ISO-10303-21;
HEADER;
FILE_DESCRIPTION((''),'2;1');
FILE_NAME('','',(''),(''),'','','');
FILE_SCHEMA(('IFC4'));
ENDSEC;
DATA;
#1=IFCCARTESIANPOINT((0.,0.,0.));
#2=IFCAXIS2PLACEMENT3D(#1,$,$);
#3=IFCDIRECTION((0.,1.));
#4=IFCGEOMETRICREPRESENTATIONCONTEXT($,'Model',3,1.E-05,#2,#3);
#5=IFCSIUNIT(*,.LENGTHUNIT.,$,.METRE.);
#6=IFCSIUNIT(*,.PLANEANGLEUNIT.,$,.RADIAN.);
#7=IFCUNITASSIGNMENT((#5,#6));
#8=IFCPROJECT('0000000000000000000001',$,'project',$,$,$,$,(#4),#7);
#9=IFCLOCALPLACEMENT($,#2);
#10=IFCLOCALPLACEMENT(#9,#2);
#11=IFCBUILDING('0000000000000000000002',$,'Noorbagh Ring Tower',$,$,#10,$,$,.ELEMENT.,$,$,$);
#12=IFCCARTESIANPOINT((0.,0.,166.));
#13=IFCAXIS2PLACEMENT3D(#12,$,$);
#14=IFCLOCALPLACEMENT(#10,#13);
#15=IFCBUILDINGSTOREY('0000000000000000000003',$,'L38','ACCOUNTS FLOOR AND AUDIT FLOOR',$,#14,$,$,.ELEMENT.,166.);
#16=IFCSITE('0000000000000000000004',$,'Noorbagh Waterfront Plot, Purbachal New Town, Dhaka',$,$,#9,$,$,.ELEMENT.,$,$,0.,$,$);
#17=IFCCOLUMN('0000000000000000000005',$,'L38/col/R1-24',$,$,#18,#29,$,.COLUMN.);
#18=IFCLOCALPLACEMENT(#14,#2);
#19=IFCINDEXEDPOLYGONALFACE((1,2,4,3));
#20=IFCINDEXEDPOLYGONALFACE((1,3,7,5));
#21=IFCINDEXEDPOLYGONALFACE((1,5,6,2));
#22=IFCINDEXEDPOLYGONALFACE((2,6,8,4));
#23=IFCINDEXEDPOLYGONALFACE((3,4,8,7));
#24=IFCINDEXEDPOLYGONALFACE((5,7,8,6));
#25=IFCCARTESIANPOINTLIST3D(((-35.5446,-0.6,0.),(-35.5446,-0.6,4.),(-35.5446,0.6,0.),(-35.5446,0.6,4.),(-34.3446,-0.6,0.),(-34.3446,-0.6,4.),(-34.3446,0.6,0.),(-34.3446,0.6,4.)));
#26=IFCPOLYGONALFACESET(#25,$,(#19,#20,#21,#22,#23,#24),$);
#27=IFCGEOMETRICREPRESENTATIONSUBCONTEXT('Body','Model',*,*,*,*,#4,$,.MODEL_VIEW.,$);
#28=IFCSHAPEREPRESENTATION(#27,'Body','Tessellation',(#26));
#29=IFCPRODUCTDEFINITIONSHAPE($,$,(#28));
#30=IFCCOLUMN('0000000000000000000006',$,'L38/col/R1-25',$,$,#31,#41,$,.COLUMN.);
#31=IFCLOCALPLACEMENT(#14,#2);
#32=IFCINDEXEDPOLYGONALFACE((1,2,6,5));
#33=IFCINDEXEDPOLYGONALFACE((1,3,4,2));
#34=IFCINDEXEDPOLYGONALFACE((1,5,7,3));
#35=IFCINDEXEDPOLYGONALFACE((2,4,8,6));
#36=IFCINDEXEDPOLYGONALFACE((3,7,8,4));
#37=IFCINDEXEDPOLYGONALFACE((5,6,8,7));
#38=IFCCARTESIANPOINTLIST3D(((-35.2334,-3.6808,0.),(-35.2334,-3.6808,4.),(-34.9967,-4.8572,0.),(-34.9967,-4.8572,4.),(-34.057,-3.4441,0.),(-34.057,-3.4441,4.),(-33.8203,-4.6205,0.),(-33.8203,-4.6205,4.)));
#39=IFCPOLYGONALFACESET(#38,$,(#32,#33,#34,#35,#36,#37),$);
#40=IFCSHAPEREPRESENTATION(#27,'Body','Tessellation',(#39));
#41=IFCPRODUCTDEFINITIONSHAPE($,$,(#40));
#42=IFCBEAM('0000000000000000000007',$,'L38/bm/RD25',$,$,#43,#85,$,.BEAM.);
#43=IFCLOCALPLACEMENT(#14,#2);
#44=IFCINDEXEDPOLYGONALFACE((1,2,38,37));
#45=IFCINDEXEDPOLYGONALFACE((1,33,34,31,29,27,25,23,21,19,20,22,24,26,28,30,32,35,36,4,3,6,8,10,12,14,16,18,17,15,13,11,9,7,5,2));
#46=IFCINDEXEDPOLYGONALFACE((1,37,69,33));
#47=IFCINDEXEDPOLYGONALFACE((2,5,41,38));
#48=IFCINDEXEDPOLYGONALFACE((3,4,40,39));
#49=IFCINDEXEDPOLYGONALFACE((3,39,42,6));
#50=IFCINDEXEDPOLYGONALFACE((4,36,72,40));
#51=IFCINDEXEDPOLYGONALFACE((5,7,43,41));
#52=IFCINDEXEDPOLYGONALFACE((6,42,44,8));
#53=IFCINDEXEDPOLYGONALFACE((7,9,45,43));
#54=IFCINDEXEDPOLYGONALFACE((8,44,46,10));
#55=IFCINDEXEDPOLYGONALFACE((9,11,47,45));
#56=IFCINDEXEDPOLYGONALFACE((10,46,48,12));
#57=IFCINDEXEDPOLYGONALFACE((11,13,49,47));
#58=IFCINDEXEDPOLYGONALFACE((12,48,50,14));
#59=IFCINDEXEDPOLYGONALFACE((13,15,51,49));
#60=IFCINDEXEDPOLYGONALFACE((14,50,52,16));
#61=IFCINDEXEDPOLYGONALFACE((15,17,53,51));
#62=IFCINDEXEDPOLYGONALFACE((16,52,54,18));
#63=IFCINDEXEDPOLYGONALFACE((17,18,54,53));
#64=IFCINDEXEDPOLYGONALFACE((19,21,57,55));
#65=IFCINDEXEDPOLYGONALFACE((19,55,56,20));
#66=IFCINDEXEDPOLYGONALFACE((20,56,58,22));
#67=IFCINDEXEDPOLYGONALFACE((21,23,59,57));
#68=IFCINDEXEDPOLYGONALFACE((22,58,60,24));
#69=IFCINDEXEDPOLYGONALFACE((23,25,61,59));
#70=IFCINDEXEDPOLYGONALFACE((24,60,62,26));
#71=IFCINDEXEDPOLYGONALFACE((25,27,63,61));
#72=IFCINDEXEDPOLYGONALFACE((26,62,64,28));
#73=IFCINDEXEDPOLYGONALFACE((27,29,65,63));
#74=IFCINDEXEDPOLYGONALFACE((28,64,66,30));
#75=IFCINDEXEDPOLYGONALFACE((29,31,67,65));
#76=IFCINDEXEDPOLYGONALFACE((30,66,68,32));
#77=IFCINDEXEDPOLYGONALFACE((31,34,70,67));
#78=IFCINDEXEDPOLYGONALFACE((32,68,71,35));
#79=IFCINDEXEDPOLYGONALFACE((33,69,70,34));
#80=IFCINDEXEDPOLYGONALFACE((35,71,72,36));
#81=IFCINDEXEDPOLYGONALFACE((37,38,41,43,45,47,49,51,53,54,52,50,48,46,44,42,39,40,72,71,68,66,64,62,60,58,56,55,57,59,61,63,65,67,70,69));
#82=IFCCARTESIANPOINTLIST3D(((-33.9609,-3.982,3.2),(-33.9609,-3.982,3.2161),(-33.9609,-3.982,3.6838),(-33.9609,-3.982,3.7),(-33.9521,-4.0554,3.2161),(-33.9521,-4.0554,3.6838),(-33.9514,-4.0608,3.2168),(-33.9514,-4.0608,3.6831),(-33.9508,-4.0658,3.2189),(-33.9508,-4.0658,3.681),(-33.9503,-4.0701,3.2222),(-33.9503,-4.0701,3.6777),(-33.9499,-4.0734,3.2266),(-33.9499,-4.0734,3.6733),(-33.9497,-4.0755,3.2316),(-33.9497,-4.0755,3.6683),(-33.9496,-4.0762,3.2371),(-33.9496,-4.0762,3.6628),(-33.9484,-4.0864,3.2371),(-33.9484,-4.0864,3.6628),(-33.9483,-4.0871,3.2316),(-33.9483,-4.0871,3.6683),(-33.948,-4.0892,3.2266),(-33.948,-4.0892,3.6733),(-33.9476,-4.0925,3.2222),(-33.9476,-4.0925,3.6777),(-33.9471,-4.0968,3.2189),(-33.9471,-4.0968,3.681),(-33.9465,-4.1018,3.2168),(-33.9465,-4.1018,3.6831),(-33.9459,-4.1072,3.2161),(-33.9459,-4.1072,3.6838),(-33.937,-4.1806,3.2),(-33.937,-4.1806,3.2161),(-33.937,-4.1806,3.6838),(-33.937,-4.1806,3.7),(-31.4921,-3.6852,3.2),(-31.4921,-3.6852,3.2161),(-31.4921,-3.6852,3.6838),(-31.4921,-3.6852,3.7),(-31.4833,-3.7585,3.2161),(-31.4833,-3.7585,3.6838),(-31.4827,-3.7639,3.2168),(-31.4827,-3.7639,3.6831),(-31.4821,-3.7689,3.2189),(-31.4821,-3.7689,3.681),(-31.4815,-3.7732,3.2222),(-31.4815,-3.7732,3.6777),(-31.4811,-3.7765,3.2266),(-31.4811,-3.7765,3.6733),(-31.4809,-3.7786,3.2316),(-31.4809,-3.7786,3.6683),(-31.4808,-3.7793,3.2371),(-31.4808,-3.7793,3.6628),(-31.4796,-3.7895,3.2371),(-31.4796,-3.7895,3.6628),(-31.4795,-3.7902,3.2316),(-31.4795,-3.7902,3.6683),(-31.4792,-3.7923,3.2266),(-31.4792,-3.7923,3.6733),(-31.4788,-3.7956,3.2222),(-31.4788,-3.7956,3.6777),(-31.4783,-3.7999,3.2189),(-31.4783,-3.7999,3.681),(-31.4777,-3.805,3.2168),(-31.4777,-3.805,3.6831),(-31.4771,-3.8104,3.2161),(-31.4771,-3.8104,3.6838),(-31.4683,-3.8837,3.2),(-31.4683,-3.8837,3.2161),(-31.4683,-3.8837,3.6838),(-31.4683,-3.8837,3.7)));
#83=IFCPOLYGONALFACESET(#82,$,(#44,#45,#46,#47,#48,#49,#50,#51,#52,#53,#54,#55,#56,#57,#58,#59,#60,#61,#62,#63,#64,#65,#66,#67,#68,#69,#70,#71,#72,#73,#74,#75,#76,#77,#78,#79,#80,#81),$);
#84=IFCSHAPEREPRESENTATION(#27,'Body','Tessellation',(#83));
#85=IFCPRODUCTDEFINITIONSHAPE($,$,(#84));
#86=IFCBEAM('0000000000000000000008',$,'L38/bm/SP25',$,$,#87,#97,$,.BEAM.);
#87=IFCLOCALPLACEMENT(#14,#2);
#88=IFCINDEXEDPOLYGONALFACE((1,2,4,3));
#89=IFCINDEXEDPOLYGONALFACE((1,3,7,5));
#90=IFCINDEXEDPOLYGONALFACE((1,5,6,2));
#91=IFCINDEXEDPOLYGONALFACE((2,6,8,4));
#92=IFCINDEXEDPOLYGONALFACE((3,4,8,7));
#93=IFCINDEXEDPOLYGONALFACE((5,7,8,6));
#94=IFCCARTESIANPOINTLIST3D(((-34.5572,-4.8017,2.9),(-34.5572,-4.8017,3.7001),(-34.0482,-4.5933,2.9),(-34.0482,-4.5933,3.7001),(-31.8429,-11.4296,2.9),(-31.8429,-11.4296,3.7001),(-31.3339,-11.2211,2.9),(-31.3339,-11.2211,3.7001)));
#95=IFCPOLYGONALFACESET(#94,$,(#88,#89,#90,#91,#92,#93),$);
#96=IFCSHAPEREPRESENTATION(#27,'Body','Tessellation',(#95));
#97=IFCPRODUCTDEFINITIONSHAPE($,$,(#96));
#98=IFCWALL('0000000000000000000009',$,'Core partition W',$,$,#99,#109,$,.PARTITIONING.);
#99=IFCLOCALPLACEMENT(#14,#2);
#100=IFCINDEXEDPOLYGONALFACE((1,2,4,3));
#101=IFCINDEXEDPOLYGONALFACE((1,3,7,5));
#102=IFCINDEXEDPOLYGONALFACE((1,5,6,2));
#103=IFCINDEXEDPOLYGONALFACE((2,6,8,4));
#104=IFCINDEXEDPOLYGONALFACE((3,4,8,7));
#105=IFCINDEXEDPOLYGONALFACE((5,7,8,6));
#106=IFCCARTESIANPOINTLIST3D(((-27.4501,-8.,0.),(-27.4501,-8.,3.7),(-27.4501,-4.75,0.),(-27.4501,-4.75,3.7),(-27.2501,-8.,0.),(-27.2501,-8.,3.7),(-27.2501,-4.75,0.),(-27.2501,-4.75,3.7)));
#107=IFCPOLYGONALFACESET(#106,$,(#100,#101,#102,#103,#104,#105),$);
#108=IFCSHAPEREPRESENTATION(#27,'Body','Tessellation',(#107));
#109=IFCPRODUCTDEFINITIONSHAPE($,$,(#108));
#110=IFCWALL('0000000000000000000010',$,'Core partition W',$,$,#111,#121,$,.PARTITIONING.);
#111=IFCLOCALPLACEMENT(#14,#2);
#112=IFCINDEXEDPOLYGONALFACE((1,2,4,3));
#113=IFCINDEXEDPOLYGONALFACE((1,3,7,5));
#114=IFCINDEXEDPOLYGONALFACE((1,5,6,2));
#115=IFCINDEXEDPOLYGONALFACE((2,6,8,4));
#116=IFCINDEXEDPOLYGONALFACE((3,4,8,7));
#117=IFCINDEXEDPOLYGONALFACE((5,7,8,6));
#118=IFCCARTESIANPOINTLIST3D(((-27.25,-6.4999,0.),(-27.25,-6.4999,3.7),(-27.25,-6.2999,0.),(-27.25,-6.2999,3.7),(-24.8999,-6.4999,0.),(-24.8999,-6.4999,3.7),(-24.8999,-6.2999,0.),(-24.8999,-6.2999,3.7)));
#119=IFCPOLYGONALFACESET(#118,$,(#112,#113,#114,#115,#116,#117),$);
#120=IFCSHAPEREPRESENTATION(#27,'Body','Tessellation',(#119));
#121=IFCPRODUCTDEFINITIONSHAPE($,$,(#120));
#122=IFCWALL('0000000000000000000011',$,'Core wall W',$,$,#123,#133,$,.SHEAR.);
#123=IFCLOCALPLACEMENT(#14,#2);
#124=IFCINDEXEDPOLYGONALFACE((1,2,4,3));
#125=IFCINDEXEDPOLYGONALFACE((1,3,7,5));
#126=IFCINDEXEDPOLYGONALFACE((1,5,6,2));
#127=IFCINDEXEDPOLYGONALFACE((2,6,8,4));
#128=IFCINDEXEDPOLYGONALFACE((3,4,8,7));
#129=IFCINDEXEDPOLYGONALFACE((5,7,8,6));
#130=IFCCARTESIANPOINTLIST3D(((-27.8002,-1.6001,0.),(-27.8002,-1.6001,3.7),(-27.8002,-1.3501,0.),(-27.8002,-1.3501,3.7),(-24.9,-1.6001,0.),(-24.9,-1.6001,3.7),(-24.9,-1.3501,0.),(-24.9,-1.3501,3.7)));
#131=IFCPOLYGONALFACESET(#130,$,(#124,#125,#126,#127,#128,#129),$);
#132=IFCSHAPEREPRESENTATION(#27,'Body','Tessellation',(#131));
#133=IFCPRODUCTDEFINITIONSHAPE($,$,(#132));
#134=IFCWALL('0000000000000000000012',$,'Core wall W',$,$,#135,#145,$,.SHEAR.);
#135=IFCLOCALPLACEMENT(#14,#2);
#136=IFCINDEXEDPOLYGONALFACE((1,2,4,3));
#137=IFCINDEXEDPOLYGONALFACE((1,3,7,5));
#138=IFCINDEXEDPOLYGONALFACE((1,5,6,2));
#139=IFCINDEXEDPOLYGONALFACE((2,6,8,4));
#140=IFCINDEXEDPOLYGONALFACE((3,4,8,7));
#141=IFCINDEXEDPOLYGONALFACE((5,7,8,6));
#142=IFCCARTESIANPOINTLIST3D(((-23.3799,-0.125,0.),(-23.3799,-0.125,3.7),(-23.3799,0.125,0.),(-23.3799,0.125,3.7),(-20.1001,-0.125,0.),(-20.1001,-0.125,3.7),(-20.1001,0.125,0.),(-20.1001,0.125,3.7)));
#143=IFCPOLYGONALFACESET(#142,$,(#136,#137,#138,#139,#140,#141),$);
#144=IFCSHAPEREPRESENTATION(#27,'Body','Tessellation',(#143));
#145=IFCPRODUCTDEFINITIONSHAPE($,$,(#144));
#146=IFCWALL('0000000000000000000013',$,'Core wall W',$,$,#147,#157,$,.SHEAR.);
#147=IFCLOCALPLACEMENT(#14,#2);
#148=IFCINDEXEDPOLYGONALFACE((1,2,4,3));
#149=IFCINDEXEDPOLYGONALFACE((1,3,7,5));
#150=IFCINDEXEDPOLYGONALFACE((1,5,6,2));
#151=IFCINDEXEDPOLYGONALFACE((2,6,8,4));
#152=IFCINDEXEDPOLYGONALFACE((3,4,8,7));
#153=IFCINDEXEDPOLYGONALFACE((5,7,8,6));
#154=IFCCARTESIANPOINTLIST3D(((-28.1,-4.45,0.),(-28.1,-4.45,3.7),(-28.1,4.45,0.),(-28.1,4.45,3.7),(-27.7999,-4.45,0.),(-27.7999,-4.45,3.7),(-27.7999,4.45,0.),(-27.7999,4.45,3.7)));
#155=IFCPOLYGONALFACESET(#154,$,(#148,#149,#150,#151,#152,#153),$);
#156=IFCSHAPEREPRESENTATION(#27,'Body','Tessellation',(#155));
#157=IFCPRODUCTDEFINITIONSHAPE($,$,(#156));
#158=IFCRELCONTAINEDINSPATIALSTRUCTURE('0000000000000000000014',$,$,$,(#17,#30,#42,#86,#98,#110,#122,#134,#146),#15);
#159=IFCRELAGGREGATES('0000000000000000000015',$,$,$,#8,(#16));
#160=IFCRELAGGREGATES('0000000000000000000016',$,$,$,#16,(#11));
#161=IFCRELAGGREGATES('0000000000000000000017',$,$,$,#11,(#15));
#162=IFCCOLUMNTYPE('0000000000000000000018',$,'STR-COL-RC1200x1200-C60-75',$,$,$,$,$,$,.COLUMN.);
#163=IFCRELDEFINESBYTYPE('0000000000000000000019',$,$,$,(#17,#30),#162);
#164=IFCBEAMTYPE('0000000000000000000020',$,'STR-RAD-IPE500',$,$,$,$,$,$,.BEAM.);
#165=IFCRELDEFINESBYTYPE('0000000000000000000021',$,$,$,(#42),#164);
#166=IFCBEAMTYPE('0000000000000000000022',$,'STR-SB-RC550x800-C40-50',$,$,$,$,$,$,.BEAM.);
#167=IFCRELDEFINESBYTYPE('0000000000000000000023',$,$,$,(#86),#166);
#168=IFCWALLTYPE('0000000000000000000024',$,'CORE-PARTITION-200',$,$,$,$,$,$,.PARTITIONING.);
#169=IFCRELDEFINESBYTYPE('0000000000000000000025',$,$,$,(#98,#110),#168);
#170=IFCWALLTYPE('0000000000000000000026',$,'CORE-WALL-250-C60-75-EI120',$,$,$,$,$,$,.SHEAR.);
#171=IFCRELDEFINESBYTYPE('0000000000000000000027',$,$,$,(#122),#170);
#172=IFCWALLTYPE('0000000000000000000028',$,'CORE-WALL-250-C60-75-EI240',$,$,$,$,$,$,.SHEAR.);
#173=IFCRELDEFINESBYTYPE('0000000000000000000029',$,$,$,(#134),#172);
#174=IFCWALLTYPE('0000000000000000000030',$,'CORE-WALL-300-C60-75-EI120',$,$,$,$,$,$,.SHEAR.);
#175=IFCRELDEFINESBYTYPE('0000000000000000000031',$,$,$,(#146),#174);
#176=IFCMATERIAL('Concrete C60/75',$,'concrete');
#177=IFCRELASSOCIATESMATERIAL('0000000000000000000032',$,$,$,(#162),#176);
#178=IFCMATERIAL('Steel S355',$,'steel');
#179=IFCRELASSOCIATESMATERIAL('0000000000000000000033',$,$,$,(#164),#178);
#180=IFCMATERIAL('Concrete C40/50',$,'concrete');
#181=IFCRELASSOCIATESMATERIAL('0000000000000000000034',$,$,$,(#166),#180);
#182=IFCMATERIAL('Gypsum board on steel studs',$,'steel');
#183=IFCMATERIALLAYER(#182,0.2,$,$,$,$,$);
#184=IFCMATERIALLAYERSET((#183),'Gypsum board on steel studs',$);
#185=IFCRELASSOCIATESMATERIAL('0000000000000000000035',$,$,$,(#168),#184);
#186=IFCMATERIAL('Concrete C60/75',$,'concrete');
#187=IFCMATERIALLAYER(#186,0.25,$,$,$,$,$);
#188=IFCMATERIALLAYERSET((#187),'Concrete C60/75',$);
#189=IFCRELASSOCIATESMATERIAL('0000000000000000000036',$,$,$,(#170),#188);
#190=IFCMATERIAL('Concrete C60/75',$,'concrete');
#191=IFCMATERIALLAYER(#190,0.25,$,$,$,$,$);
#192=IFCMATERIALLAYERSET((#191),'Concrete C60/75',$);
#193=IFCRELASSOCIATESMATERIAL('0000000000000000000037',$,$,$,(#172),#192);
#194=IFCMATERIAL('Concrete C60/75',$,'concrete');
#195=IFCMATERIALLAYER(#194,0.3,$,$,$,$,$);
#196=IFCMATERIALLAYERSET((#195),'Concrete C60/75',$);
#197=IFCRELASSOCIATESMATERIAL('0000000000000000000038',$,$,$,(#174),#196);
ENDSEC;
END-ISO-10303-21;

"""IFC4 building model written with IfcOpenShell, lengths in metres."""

from ifc_helpers import new_model, si_unit, direction, frame, frame_2d, origin, origin_2d, place, context, subcontext, project, spatial, rectangle, i_section, extrude, material, layer, layer_set, material_profile, profile_set, type_object, element, save


model = new_model("IFC4")

# Units and contexts
model_context = context("Model", 3, precision=1e-05, world=origin(), true_north=direction((0.0, 1.0)))
body_context = subcontext(model_context, "Body", "Model", "MODEL_VIEW")
ifc_project = project(units=[si_unit("LENGTHUNIT", "METRE"), si_unit("PLANEANGLEUNIT", "RADIAN")], contexts=[model_context])

# Site, building, storey
site_placement = place(None, origin())
site = spatial("IfcSite", under=ifc_project, at=site_placement, Name="Noorbagh Waterfront Plot, Purbachal New Town, Dhaka", CompositionType="ELEMENT", RefElevation=0.0)
building_placement = place(site_placement, origin())
building = spatial("IfcBuilding", under=site, at=building_placement, Name="Noorbagh Ring Tower", CompositionType="ELEMENT")
storey_placement = place(building_placement, frame((0.0, 0.0, 166.0)))
storey = spatial("IfcBuildingStorey", under=building, at=storey_placement, Name="L38", Description="ACCOUNTS FLOOR AND AUDIT FLOOR", CompositionType="ELEMENT", Elevation=166.0)

# Columns
ifc_material_1 = material(Name="Concrete C60/75", Category="concrete")
ifc_material_profile_1 = material_profile(ifc_material_1, rectangle(XDim=1.2, YDim=1.2, at=origin_2d()), Name="RC1200x1200")
ifc_profile_set_1 = profile_set([ifc_material_profile_1], Name="Concrete C60/75")
column_type = type_object("IfcColumnType", Name="STR-COL-RC1200x1200-C60-75", PredefinedType="COLUMN", material=ifc_profile_set_1)
for number, where, z_axis, x_axis, name in (
    (1, (-34.9446, 0.0, 0.0), (0.0, 0.0, 1.0), (0.0, -1.0, 0.0), "L38/col/R1-24"),
    (2, (-34.5269, -4.1506, 0.0), (0.0, 0.0, 1.0), (0.19723, -0.980357, 0.0), "L38/col/R1-25"),
):
    element("IfcColumn", number, at=place(storey_placement, frame(where, z_axis=z_axis, x_axis=x_axis)), inside=storey, type_object=column_type, Name=name, PredefinedType="COLUMN", context=body_context, shape_type="SweptSolid", body=[
        extrude(rectangle(XDim=1.2, YDim=1.2, at=origin_2d()), origin(), (0.0, 0.0, 1.0), 4.0),
    ])

# Beams
ifc_material_2 = material(Name="Steel S355", Category="steel")
ifc_material_profile_2 = material_profile(ifc_material_2, i_section(OverallWidth=0.2, OverallDepth=0.5, WebThickness=0.0103, FlangeThickness=0.0161, FilletRadius=0.021, at=origin_2d()), Name="IPE500")
ifc_profile_set_2 = profile_set([ifc_material_profile_2], Name="Steel S355")
beam_type_1 = type_object("IfcBeamType", Name="STR-RAD-IPE500", PredefinedType="BEAM", material=ifc_profile_set_2)
beam_1_placement = place(storey_placement, frame((-33.949, -4.0813, 3.45), z_axis=(0.992847, 0.119393, 0.0), x_axis=(-0.119393, 0.992847, 0.0)))
element("IfcBeam", 3, at=beam_1_placement, inside=storey, type_object=beam_type_1, Name="L38/bm/RD25", PredefinedType="BEAM", context=body_context, shape_type="SweptSolid", body=[
    extrude(i_section(OverallWidth=0.2, OverallDepth=0.5, WebThickness=0.0103, FlangeThickness=0.0161, FilletRadius=0.021, at=origin_2d()), origin(), (0.0, 0.0, 1.0), 2.4866),
])
ifc_material_3 = material(Name="Concrete C40/50", Category="concrete")
ifc_material_profile_3 = material_profile(ifc_material_3, rectangle(XDim=0.55, YDim=0.8, at=origin_2d()), Name="RC550x800")
ifc_profile_set_3 = profile_set([ifc_material_profile_3], Name="Concrete C40/50")
beam_type_2 = type_object("IfcBeamType", Name="STR-SB-RC550x800-C40-50", PredefinedType="BEAM", material=ifc_profile_set_3)
beam_2_placement = place(storey_placement, frame((-34.3027, -4.6975, 3.3), z_axis=(0.378983, -0.925404, 0.0), x_axis=(0.925404, 0.378983, 0.0)))
element("IfcBeam", 4, at=beam_2_placement, inside=storey, type_object=beam_type_2, Name="L38/bm/SP25", PredefinedType="BEAM", context=body_context, shape_type="SweptSolid", body=[
    extrude(rectangle(XDim=0.55, YDim=0.8, at=origin_2d()), origin(), (0.0, 0.0, 1.0), 7.1621),
])

# Walls
ifc_material_4 = material(Name="Gypsum board on steel studs", Category="steel")
ifc_layer_1 = layer(ifc_material_4, 0.2)
ifc_layer_set_1 = layer_set([ifc_layer_1], Name="Gypsum board on steel studs")
wall_type_1 = type_object("IfcWallType", Name="CORE-PARTITION-200", PredefinedType="PARTITIONING", material=ifc_layer_set_1)
wall_1_placement = place(storey_placement, frame((-27.3501, -8.0, 0.0), z_axis=(0.0, 0.0, 1.0), x_axis=(0.0, 1.0, 0.0)))
element("IfcWall", 5, at=wall_1_placement, inside=storey, type_object=wall_type_1, Name="Core partition W", PredefinedType="PARTITIONING", context=body_context, shape_type="SweptSolid", body=[
    extrude(rectangle(XDim=3.25, YDim=0.2, at=frame_2d((1.625, 0.0))), origin(), (0.0, 0.0, 1.0), 3.7),
])
wall_2_placement = place(storey_placement, frame((-24.8999, -6.3999, 0.0), z_axis=(0.0, 0.0, 1.0), x_axis=(-1.0, 0.0, 0.0)))
element("IfcWall", 6, at=wall_2_placement, inside=storey, type_object=wall_type_1, Name="Core partition W", PredefinedType="PARTITIONING", context=body_context, shape_type="SweptSolid", body=[
    extrude(rectangle(XDim=2.3501, YDim=0.2, at=frame_2d((1.175, 0.0))), origin(), (0.0, 0.0, 1.0), 3.7),
])
ifc_material_5 = material(Name="Concrete C60/75", Category="concrete")
ifc_layer_2 = layer(ifc_material_5, 0.25)
ifc_layer_set_2 = layer_set([ifc_layer_2], Name="Concrete C60/75")
wall_type_2 = type_object("IfcWallType", Name="CORE-WALL-250-C60-75-EI120", PredefinedType="SHEAR", material=ifc_layer_set_2)
wall_3_placement = place(storey_placement, frame((-24.8999, -1.4751, 0.0), z_axis=(0.0, 0.0, 1.0), x_axis=(-1.0, 0.0, 0.0)))
element("IfcWall", 7, at=wall_3_placement, inside=storey, type_object=wall_type_2, Name="Core wall W", PredefinedType="SHEAR", context=body_context, shape_type="SweptSolid", body=[
    extrude(rectangle(XDim=2.9001, YDim=0.25, at=frame_2d((1.4502, 0.0))), origin(), (0.0, 0.0, 1.0), 3.7),
])
ifc_material_6 = material(Name="Concrete C60/75", Category="concrete")
ifc_layer_3 = layer(ifc_material_6, 0.25)
ifc_layer_set_3 = layer_set([ifc_layer_3], Name="Concrete C60/75")
wall_type_3 = type_object("IfcWallType", Name="CORE-WALL-250-C60-75-EI240", PredefinedType="SHEAR", material=ifc_layer_set_3)
wall_4_placement = place(storey_placement, frame((-20.1001, 0.0, 0.0), z_axis=(0.0, 0.0, 1.0), x_axis=(-1.0, 0.0, 0.0)))
element("IfcWall", 8, at=wall_4_placement, inside=storey, type_object=wall_type_3, Name="Core wall W", PredefinedType="SHEAR", context=body_context, shape_type="SweptSolid", body=[
    extrude(rectangle(XDim=3.2798, YDim=0.25, at=frame_2d((1.6399, 0.0))), origin(), (0.0, 0.0, 1.0), 3.7),
])
ifc_material_7 = material(Name="Concrete C60/75", Category="concrete")
ifc_layer_4 = layer(ifc_material_7, 0.3)
ifc_layer_set_4 = layer_set([ifc_layer_4], Name="Concrete C60/75")
wall_type_4 = type_object("IfcWallType", Name="CORE-WALL-300-C60-75-EI120", PredefinedType="SHEAR", material=ifc_layer_set_4)
wall_5_placement = place(storey_placement, frame((-27.95, -4.45, 0.0), z_axis=(0.0, 0.0, 1.0), x_axis=(0.0, 1.0, 0.0)))
element("IfcWall", 9, at=wall_5_placement, inside=storey, type_object=wall_type_4, Name="Core wall W", PredefinedType="SHEAR", context=body_context, shape_type="SweptSolid", body=[
    extrude(rectangle(XDim=8.8999, YDim=0.3, at=frame_2d((4.45, 0.0))), origin(), (0.0, 0.0, 1.0), 3.7),
])

save(model, "model.ifc")
